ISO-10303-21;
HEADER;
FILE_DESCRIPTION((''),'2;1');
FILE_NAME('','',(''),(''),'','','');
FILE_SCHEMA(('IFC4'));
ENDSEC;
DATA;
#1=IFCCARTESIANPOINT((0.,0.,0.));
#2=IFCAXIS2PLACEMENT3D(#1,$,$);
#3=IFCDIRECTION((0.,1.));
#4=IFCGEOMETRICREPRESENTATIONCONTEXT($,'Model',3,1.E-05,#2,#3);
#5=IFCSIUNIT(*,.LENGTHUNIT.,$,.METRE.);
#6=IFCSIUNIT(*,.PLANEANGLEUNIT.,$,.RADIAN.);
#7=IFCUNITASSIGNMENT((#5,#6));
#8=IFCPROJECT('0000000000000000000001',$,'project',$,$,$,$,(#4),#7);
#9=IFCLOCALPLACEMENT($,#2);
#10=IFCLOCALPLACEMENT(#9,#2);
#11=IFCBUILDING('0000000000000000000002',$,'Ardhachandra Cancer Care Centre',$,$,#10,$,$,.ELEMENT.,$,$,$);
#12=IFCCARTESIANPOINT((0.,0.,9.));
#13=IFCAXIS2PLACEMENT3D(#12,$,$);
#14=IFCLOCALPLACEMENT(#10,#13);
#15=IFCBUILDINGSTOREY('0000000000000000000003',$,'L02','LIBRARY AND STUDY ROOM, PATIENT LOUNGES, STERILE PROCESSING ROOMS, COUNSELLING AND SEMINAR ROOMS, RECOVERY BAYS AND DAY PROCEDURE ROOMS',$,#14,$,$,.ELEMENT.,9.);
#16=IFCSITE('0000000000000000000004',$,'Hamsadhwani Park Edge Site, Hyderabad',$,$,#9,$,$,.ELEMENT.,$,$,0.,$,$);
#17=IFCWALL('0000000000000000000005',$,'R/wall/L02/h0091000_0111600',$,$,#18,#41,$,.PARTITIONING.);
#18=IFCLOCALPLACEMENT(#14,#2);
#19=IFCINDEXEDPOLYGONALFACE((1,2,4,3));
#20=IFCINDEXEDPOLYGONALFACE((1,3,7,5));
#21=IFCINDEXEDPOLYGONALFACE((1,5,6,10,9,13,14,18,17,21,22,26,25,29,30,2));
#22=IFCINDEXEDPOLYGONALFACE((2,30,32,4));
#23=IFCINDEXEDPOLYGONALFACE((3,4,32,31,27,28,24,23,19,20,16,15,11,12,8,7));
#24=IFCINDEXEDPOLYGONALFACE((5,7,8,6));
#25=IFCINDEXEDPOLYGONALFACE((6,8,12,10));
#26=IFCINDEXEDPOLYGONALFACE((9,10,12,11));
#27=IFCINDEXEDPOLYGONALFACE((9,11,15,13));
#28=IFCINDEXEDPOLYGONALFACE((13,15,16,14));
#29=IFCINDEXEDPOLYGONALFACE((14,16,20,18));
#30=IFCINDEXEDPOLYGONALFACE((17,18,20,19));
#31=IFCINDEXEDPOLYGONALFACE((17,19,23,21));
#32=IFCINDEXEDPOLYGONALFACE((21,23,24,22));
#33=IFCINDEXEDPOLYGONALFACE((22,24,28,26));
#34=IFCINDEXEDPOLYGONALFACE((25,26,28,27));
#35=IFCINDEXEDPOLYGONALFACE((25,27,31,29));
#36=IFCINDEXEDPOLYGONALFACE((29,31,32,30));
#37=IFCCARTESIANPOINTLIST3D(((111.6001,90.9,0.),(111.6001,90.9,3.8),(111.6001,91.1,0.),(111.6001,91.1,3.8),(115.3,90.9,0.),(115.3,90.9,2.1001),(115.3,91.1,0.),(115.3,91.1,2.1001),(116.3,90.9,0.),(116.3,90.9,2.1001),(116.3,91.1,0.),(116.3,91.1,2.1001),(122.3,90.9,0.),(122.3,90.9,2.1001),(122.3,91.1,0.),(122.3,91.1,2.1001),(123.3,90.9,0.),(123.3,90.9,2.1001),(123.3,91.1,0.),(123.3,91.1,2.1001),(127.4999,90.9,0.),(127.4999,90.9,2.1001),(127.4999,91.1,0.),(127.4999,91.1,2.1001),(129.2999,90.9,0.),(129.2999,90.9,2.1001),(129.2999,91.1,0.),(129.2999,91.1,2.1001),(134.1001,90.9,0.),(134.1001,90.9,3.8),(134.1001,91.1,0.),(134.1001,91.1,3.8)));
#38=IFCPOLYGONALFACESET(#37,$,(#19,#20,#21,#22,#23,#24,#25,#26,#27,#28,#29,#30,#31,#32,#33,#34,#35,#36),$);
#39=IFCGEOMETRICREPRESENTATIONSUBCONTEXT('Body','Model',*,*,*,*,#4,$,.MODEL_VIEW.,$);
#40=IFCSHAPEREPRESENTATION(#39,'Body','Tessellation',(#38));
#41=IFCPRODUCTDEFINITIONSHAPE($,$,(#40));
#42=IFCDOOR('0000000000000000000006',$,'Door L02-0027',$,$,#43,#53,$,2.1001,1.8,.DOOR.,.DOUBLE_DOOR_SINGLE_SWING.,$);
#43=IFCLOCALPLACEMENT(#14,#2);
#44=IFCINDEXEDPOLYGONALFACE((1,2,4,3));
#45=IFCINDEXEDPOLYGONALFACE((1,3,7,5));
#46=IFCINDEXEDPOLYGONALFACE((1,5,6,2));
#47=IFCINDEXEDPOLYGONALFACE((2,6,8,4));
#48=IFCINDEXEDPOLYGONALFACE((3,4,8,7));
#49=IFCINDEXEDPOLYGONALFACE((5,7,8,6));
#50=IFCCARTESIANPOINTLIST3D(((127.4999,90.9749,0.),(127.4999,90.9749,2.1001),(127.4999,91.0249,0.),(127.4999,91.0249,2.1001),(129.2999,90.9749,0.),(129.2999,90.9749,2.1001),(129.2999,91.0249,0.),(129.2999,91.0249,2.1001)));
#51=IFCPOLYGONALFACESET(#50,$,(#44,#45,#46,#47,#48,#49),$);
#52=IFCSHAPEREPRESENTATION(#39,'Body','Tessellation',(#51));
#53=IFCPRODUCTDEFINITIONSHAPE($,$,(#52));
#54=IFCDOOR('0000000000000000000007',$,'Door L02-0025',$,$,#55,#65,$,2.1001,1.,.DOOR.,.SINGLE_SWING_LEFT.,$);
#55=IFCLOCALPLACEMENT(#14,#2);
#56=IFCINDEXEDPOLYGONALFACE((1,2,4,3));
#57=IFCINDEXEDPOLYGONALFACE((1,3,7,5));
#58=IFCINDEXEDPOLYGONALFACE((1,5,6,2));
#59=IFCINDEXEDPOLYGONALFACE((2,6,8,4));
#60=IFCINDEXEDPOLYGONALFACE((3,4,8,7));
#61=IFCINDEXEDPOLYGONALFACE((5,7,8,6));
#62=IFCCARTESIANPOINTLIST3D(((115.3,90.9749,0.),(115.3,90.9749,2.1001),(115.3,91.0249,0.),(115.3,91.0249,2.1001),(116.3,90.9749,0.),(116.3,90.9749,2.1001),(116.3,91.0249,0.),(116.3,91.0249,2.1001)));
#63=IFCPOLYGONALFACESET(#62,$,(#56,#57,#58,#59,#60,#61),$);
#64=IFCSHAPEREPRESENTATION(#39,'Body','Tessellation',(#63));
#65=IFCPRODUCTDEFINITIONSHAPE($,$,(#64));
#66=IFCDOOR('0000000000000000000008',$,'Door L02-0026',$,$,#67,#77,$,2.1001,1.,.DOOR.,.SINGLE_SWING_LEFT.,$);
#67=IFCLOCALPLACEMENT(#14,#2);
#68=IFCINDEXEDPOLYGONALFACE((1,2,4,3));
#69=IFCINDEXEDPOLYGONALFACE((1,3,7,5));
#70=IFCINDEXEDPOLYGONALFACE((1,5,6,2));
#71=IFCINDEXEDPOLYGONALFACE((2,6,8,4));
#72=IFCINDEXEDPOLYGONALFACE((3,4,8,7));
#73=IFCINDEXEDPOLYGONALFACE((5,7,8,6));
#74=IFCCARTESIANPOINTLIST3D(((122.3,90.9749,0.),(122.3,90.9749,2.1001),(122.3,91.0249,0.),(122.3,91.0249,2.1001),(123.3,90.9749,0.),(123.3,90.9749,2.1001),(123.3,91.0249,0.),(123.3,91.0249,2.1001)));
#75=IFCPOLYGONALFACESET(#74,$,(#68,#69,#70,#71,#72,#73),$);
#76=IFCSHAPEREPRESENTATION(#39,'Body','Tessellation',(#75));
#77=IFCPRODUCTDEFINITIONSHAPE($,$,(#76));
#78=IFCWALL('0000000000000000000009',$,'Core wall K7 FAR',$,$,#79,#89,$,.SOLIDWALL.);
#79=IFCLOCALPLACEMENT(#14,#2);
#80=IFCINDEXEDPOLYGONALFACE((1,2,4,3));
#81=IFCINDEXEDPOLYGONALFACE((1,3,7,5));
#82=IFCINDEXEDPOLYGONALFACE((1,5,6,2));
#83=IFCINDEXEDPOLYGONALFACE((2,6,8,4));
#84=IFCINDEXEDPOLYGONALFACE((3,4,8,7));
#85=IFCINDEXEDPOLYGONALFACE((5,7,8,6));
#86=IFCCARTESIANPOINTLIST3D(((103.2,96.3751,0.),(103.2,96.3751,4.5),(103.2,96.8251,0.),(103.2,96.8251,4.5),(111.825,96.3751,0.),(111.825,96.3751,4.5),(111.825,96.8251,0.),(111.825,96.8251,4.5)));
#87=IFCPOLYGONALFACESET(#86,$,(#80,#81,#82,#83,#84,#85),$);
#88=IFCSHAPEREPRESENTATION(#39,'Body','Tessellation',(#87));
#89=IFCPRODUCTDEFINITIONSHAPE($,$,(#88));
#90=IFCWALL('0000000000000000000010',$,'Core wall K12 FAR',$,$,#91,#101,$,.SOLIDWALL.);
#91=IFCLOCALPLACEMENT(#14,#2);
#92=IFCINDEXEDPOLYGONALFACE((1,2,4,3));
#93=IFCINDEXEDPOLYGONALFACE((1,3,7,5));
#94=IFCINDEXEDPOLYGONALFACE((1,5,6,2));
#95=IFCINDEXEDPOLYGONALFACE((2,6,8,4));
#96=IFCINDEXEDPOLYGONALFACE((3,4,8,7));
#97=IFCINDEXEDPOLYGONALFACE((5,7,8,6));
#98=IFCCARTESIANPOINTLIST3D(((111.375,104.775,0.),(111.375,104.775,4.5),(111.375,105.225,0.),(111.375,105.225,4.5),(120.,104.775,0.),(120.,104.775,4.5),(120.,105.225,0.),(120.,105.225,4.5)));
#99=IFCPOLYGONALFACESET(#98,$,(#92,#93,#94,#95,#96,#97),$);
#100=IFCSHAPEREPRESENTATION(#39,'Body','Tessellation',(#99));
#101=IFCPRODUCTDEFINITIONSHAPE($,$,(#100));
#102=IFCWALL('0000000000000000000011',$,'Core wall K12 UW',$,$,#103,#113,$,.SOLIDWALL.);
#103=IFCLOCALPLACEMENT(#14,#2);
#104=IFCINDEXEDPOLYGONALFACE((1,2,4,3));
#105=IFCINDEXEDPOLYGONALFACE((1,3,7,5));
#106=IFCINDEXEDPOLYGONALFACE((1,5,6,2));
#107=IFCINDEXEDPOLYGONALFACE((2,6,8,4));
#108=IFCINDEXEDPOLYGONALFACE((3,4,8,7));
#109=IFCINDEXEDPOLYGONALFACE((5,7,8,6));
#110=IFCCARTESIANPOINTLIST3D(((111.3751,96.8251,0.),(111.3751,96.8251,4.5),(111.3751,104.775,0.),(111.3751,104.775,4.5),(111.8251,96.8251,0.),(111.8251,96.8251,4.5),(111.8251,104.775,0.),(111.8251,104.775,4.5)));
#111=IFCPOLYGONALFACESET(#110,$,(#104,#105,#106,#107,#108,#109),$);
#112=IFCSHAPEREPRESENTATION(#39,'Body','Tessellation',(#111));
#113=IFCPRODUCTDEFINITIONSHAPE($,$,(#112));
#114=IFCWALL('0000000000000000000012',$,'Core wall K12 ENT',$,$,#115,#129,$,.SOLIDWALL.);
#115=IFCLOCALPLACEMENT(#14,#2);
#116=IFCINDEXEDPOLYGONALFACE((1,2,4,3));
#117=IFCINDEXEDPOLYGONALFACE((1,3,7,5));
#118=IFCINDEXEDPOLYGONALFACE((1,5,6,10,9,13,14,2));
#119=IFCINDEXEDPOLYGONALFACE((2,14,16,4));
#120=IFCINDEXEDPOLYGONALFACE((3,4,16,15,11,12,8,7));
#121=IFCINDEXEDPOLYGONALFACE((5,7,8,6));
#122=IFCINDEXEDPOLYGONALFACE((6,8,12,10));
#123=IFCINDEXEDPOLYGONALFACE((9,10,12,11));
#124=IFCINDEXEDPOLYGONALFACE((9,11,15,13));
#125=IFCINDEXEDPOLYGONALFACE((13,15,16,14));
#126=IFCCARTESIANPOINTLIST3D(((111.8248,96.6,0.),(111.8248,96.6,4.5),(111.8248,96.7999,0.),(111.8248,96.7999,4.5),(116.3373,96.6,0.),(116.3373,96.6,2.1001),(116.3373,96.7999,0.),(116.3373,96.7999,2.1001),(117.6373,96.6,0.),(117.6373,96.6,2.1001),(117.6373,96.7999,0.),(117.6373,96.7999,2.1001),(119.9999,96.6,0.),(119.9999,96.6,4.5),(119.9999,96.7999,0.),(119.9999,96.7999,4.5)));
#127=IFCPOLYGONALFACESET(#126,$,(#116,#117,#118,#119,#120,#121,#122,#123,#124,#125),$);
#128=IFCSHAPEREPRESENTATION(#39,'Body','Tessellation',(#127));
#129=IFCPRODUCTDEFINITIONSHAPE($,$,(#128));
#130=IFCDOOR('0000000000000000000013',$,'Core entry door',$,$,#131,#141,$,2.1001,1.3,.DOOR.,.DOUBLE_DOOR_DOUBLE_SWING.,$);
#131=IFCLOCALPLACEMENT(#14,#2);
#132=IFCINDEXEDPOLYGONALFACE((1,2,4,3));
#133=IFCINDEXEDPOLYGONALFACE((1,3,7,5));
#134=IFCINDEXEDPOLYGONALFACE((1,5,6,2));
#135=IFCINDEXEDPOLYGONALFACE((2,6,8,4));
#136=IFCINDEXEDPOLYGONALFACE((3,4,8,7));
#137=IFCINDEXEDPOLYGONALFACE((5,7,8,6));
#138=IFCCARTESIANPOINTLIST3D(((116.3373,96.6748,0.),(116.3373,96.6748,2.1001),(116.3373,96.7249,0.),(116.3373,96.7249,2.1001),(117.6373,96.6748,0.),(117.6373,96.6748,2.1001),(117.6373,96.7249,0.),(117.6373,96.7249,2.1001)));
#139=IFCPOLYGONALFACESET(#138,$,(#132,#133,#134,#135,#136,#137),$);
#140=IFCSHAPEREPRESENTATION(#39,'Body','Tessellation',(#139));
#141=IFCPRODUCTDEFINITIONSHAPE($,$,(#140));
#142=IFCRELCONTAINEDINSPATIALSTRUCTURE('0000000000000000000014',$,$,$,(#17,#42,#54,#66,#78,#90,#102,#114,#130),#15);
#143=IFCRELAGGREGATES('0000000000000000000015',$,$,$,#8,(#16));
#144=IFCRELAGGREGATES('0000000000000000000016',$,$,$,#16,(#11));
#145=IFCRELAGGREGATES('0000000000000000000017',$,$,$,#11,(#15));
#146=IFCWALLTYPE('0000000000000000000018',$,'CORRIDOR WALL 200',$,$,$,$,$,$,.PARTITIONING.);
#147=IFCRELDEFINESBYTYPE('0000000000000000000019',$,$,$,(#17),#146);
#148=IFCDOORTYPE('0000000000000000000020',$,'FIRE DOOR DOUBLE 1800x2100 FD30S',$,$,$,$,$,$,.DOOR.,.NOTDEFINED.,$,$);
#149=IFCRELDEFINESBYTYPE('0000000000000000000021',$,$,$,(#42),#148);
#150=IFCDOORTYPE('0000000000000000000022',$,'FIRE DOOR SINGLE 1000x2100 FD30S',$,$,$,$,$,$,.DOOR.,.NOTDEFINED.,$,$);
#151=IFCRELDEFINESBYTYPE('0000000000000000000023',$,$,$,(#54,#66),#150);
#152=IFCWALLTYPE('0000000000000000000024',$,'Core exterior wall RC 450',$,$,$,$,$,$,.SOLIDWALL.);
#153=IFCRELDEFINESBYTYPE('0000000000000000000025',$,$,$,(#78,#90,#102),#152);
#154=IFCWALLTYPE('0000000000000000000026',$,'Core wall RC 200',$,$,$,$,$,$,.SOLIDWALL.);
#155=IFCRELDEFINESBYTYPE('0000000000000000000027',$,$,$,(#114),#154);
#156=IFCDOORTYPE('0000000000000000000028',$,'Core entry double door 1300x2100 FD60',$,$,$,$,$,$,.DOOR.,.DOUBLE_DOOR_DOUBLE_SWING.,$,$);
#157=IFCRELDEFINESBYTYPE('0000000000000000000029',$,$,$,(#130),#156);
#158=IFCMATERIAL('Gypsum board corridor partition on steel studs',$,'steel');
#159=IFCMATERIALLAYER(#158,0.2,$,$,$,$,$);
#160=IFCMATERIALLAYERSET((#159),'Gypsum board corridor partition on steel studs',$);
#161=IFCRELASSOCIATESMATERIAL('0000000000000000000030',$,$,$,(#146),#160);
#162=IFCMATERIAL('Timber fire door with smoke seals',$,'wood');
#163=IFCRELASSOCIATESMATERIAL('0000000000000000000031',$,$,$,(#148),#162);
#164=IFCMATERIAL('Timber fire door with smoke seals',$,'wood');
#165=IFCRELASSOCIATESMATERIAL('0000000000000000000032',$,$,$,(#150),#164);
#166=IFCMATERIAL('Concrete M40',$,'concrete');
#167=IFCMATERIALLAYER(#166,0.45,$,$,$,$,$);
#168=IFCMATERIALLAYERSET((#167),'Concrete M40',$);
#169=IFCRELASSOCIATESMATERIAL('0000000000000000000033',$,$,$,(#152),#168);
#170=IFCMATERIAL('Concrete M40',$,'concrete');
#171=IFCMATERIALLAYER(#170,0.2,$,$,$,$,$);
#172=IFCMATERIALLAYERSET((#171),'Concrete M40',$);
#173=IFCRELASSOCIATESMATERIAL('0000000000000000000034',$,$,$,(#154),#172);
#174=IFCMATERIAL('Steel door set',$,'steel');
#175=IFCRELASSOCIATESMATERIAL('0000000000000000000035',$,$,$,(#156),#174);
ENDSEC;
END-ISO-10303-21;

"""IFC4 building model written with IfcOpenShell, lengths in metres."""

from ifc_helpers import new_model, si_unit, direction, frame, frame_2d, origin, place, context, subcontext, project, spatial, rectangle, extrude, material, layer, layer_set, type_object, element, fill, save


model = new_model("IFC4")

# Units and contexts
model_context = context("Model", 3, precision=1e-05, world=origin(), true_north=direction((0.0, 1.0)))
body_context = subcontext(model_context, "Body", "Model", "MODEL_VIEW")
ifc_project = project(units=[si_unit("LENGTHUNIT", "METRE"), si_unit("PLANEANGLEUNIT", "RADIAN")], contexts=[model_context])

# Site, building, storey
site_placement = place(None, origin())
site = spatial("IfcSite", under=ifc_project, at=site_placement, Name="Hamsadhwani Park Edge Site, Hyderabad", CompositionType="ELEMENT", RefElevation=0.0)
building_placement = place(site_placement, origin())
building = spatial("IfcBuilding", under=site, at=building_placement, Name="Ardhachandra Cancer Care Centre", CompositionType="ELEMENT")
storey_placement = place(building_placement, frame((0.0, 0.0, 9.0)))
storey = spatial("IfcBuildingStorey", under=building, at=storey_placement, Name="L02", Description="LIBRARY AND STUDY ROOM, PATIENT LOUNGES, STERILE PROCESSING ROOMS, COUNSELLING AND SEMINAR ROOMS, RECOVERY BAYS AND DAY PROCEDURE ROOMS", CompositionType="ELEMENT", Elevation=9.0)

# Wall, openings, doors
ifc_material_1 = material(Name="Gypsum board corridor partition on steel studs", Category="steel")
ifc_layer_1 = layer(ifc_material_1, 0.2)
ifc_layer_set_1 = layer_set([ifc_layer_1], Name="Gypsum board corridor partition on steel studs")
wall_type_1 = type_object("IfcWallType", Name="CORRIDOR WALL 200", PredefinedType="PARTITIONING", material=ifc_layer_set_1)
wall_1_placement = place(storey_placement, frame((111.6001, 91.0, 0.0), z_axis=(0.0, 0.0, 1.0), x_axis=(1.0, 0.0, 0.0)))
wall_1 = element("IfcWall", 1, at=wall_1_placement, inside=storey, type_object=wall_type_1, Name="R/wall/L02/h0091000_0111600", PredefinedType="PARTITIONING", context=body_context, shape_type="SweptSolid", body=[
    extrude(rectangle(XDim=22.5, YDim=0.2, at=frame_2d((11.25, 0.0))), origin(), (0.0, 0.0, 1.0), 3.8),
])
opening_1_placement = place(wall_1_placement, frame((3.7, 0.0, 0.0)))
opening_1 = element("IfcOpeningElement", 2, at=opening_1_placement, cuts=wall_1, PredefinedType="OPENING", context=body_context, shape_type="SweptSolid", body=[
    extrude(rectangle(XDim=1.0, YDim=2.1001, at=frame_2d((0.5, 1.05))), frame((0.0, 0.1099, 0.0), z_axis=(0.0, -1.0, 0.0), x_axis=(1.0, 0.0, 0.0)), (0.0, 0.0, 1.0), 0.22),
])
opening_2_placement = place(wall_1_placement, frame((10.7, 0.0, 0.0)))
opening_2 = element("IfcOpeningElement", 3, at=opening_2_placement, cuts=wall_1, PredefinedType="OPENING", context=body_context, shape_type="SweptSolid", body=[
    extrude(rectangle(XDim=1.0, YDim=2.1001, at=frame_2d((0.5, 1.05))), frame((0.0, 0.1099, 0.0), z_axis=(0.0, -1.0, 0.0), x_axis=(1.0, 0.0, 0.0)), (0.0, 0.0, 1.0), 0.22),
])
opening_3_placement = place(wall_1_placement, frame((15.8999, 0.0, 0.0)))
opening_3 = element("IfcOpeningElement", 4, at=opening_3_placement, cuts=wall_1, PredefinedType="OPENING", context=body_context, shape_type="SweptSolid", body=[
    extrude(rectangle(XDim=1.8, YDim=2.1001, at=frame_2d((0.8999, 1.05))), frame((0.0, 0.1099, 0.0), z_axis=(0.0, -1.0, 0.0), x_axis=(1.0, 0.0, 0.0)), (0.0, 0.0, 1.0), 0.22),
])
ifc_material_2 = material(Name="Timber fire door with smoke seals", Category="wood")
door_type_1 = type_object("IfcDoorType", Name="FIRE DOOR DOUBLE 1800x2100 FD30S", OperationType="NOTDEFINED", PredefinedType="DOOR", material=ifc_material_2)
door_1_placement = place(opening_3_placement, origin())
door_1 = element("IfcDoor", 5, at=door_1_placement, inside=storey, type_object=door_type_1, Name="Door L02-0027", OperationType="DOUBLE_DOOR_SINGLE_SWING", OverallHeight=2.1001, OverallWidth=1.8, PredefinedType="DOOR", context=body_context, shape_type="SweptSolid", body=[
    extrude(rectangle(XDim=1.8, YDim=2.1001, at=frame_2d((0.8999, 1.05))), frame((0.0, 0.0249, 0.0), z_axis=(0.0, -1.0, 0.0), x_axis=(1.0, 0.0, 0.0)), (0.0, 0.0, 1.0), 0.05),
])
fill(opening_3, door_1)
ifc_material_3 = material(Name="Timber fire door with smoke seals", Category="wood")
door_type_2 = type_object("IfcDoorType", Name="FIRE DOOR SINGLE 1000x2100 FD30S", OperationType="NOTDEFINED", PredefinedType="DOOR", material=ifc_material_3)
door_2_placement = place(opening_1_placement, origin())
door_2 = element("IfcDoor", 6, at=door_2_placement, inside=storey, type_object=door_type_2, Name="Door L02-0025", OperationType="SINGLE_SWING_LEFT", OverallHeight=2.1001, OverallWidth=1.0, PredefinedType="DOOR", context=body_context, shape_type="SweptSolid", body=[
    extrude(rectangle(XDim=1.0, YDim=2.1001, at=frame_2d((0.5, 1.05))), frame((0.0, 0.0249, 0.0), z_axis=(0.0, -1.0, 0.0), x_axis=(1.0, 0.0, 0.0)), (0.0, 0.0, 1.0), 0.05),
])
fill(opening_1, door_2)
door_3_placement = place(opening_2_placement, origin())
door_3 = element("IfcDoor", 7, at=door_3_placement, inside=storey, type_object=door_type_2, Name="Door L02-0026", OperationType="SINGLE_SWING_LEFT", OverallHeight=2.1001, OverallWidth=1.0, PredefinedType="DOOR", context=body_context, shape_type="SweptSolid", body=[
    extrude(rectangle(XDim=1.0, YDim=2.1001, at=frame_2d((0.5, 1.05))), frame((0.0, 0.0249, 0.0), z_axis=(0.0, -1.0, 0.0), x_axis=(1.0, 0.0, 0.0)), (0.0, 0.0, 1.0), 0.05),
])
fill(opening_2, door_3)

# Walls
ifc_material_4 = material(Name="Concrete M40", Category="concrete")
ifc_layer_2 = layer(ifc_material_4, 0.45)
ifc_layer_set_2 = layer_set([ifc_layer_2], Name="Concrete M40")
wall_type_2 = type_object("IfcWallType", Name="Core exterior wall RC 450", PredefinedType="SOLIDWALL", material=ifc_layer_set_2)
for number, where, z_axis, x_axis, name in (
    (8, (111.825, 96.6001, 0.0), (0.0, 0.0, 1.0), (-1.0, 0.0, 0.0), "Core wall K7 FAR"),
    (9, (111.375, 105.0, 0.0), (0.0, 0.0, 1.0), (1.0, 0.0, 0.0), "Core wall K12 FAR"),
):
    element("IfcWall", number, at=place(storey_placement, frame(where, z_axis=z_axis, x_axis=x_axis)), inside=storey, type_object=wall_type_2, Name=name, PredefinedType="SOLIDWALL", context=body_context, shape_type="SweptSolid", body=[
        extrude(rectangle(XDim=8.625, YDim=0.45, at=frame_2d((4.3125, 0.0))), origin(), (0.0, 0.0, 1.0), 4.5),
    ])
wall_2_placement = place(storey_placement, frame((111.6001, 96.825, 0.0), z_axis=(0.0, 0.0, 1.0), x_axis=(0.0, 1.0, 0.0)))
element("IfcWall", 10, at=wall_2_placement, inside=storey, type_object=wall_type_2, Name="Core wall K12 UW", PredefinedType="SOLIDWALL", context=body_context, shape_type="SweptSolid", body=[
    extrude(rectangle(XDim=7.95, YDim=0.45, at=frame_2d((3.9751, 0.0))), origin(), (0.0, 0.0, 1.0), 4.5),
])

# Wall, opening, door
ifc_material_5 = material(Name="Concrete M40", Category="concrete")
ifc_layer_3 = layer(ifc_material_5, 0.2)
ifc_layer_set_3 = layer_set([ifc_layer_3], Name="Concrete M40")
wall_type_3 = type_object("IfcWallType", Name="Core wall RC 200", PredefinedType="SOLIDWALL", material=ifc_layer_set_3)
wall_3_placement = place(storey_placement, frame((111.825, 96.7, 0.0), z_axis=(0.0, 0.0, 1.0), x_axis=(1.0, 0.0, 0.0)))
wall_3 = element("IfcWall", 11, at=wall_3_placement, inside=storey, type_object=wall_type_3, Name="Core wall K12 ENT", PredefinedType="SOLIDWALL", context=body_context, shape_type="SweptSolid", body=[
    extrude(rectangle(XDim=8.175, YDim=0.2, at=frame_2d((4.0874, 0.0))), origin(), (0.0, 0.0, 1.0), 4.5),
])
opening_4_placement = place(wall_3_placement, frame((4.5125, 0.0, 0.0)))
opening_4 = element("IfcOpeningElement", 12, at=opening_4_placement, cuts=wall_3, PredefinedType="OPENING", context=body_context, shape_type="SweptSolid", body=[
    extrude(rectangle(XDim=1.3, YDim=2.1001, at=frame_2d((0.6499, 1.05))), frame((0.0, 0.1099, 0.0), z_axis=(0.0, -1.0, 0.0), x_axis=(1.0, 0.0, 0.0)), (0.0, 0.0, 1.0), 0.22),
])
ifc_material_6 = material(Name="Steel door set", Category="steel")
door_type_3 = type_object("IfcDoorType", Name="Core entry double door 1300x2100 FD60", OperationType="DOUBLE_DOOR_DOUBLE_SWING", PredefinedType="DOOR", material=ifc_material_6)
door_4_placement = place(opening_4_placement, origin())
door_4 = element("IfcDoor", 13, at=door_4_placement, inside=storey, type_object=door_type_3, Name="Core entry door", OperationType="DOUBLE_DOOR_DOUBLE_SWING", OverallHeight=2.1001, OverallWidth=1.3, PredefinedType="DOOR", context=body_context, shape_type="SweptSolid", body=[
    extrude(rectangle(XDim=1.3, YDim=2.1001, at=frame_2d((0.6499, 1.05))), frame((0.0, 0.0249, 0.0), z_axis=(0.0, -1.0, 0.0), x_axis=(1.0, 0.0, 0.0)), (0.0, 0.0, 1.0), 0.05),
])
fill(opening_4, door_4)

save(model, "model.ifc")
